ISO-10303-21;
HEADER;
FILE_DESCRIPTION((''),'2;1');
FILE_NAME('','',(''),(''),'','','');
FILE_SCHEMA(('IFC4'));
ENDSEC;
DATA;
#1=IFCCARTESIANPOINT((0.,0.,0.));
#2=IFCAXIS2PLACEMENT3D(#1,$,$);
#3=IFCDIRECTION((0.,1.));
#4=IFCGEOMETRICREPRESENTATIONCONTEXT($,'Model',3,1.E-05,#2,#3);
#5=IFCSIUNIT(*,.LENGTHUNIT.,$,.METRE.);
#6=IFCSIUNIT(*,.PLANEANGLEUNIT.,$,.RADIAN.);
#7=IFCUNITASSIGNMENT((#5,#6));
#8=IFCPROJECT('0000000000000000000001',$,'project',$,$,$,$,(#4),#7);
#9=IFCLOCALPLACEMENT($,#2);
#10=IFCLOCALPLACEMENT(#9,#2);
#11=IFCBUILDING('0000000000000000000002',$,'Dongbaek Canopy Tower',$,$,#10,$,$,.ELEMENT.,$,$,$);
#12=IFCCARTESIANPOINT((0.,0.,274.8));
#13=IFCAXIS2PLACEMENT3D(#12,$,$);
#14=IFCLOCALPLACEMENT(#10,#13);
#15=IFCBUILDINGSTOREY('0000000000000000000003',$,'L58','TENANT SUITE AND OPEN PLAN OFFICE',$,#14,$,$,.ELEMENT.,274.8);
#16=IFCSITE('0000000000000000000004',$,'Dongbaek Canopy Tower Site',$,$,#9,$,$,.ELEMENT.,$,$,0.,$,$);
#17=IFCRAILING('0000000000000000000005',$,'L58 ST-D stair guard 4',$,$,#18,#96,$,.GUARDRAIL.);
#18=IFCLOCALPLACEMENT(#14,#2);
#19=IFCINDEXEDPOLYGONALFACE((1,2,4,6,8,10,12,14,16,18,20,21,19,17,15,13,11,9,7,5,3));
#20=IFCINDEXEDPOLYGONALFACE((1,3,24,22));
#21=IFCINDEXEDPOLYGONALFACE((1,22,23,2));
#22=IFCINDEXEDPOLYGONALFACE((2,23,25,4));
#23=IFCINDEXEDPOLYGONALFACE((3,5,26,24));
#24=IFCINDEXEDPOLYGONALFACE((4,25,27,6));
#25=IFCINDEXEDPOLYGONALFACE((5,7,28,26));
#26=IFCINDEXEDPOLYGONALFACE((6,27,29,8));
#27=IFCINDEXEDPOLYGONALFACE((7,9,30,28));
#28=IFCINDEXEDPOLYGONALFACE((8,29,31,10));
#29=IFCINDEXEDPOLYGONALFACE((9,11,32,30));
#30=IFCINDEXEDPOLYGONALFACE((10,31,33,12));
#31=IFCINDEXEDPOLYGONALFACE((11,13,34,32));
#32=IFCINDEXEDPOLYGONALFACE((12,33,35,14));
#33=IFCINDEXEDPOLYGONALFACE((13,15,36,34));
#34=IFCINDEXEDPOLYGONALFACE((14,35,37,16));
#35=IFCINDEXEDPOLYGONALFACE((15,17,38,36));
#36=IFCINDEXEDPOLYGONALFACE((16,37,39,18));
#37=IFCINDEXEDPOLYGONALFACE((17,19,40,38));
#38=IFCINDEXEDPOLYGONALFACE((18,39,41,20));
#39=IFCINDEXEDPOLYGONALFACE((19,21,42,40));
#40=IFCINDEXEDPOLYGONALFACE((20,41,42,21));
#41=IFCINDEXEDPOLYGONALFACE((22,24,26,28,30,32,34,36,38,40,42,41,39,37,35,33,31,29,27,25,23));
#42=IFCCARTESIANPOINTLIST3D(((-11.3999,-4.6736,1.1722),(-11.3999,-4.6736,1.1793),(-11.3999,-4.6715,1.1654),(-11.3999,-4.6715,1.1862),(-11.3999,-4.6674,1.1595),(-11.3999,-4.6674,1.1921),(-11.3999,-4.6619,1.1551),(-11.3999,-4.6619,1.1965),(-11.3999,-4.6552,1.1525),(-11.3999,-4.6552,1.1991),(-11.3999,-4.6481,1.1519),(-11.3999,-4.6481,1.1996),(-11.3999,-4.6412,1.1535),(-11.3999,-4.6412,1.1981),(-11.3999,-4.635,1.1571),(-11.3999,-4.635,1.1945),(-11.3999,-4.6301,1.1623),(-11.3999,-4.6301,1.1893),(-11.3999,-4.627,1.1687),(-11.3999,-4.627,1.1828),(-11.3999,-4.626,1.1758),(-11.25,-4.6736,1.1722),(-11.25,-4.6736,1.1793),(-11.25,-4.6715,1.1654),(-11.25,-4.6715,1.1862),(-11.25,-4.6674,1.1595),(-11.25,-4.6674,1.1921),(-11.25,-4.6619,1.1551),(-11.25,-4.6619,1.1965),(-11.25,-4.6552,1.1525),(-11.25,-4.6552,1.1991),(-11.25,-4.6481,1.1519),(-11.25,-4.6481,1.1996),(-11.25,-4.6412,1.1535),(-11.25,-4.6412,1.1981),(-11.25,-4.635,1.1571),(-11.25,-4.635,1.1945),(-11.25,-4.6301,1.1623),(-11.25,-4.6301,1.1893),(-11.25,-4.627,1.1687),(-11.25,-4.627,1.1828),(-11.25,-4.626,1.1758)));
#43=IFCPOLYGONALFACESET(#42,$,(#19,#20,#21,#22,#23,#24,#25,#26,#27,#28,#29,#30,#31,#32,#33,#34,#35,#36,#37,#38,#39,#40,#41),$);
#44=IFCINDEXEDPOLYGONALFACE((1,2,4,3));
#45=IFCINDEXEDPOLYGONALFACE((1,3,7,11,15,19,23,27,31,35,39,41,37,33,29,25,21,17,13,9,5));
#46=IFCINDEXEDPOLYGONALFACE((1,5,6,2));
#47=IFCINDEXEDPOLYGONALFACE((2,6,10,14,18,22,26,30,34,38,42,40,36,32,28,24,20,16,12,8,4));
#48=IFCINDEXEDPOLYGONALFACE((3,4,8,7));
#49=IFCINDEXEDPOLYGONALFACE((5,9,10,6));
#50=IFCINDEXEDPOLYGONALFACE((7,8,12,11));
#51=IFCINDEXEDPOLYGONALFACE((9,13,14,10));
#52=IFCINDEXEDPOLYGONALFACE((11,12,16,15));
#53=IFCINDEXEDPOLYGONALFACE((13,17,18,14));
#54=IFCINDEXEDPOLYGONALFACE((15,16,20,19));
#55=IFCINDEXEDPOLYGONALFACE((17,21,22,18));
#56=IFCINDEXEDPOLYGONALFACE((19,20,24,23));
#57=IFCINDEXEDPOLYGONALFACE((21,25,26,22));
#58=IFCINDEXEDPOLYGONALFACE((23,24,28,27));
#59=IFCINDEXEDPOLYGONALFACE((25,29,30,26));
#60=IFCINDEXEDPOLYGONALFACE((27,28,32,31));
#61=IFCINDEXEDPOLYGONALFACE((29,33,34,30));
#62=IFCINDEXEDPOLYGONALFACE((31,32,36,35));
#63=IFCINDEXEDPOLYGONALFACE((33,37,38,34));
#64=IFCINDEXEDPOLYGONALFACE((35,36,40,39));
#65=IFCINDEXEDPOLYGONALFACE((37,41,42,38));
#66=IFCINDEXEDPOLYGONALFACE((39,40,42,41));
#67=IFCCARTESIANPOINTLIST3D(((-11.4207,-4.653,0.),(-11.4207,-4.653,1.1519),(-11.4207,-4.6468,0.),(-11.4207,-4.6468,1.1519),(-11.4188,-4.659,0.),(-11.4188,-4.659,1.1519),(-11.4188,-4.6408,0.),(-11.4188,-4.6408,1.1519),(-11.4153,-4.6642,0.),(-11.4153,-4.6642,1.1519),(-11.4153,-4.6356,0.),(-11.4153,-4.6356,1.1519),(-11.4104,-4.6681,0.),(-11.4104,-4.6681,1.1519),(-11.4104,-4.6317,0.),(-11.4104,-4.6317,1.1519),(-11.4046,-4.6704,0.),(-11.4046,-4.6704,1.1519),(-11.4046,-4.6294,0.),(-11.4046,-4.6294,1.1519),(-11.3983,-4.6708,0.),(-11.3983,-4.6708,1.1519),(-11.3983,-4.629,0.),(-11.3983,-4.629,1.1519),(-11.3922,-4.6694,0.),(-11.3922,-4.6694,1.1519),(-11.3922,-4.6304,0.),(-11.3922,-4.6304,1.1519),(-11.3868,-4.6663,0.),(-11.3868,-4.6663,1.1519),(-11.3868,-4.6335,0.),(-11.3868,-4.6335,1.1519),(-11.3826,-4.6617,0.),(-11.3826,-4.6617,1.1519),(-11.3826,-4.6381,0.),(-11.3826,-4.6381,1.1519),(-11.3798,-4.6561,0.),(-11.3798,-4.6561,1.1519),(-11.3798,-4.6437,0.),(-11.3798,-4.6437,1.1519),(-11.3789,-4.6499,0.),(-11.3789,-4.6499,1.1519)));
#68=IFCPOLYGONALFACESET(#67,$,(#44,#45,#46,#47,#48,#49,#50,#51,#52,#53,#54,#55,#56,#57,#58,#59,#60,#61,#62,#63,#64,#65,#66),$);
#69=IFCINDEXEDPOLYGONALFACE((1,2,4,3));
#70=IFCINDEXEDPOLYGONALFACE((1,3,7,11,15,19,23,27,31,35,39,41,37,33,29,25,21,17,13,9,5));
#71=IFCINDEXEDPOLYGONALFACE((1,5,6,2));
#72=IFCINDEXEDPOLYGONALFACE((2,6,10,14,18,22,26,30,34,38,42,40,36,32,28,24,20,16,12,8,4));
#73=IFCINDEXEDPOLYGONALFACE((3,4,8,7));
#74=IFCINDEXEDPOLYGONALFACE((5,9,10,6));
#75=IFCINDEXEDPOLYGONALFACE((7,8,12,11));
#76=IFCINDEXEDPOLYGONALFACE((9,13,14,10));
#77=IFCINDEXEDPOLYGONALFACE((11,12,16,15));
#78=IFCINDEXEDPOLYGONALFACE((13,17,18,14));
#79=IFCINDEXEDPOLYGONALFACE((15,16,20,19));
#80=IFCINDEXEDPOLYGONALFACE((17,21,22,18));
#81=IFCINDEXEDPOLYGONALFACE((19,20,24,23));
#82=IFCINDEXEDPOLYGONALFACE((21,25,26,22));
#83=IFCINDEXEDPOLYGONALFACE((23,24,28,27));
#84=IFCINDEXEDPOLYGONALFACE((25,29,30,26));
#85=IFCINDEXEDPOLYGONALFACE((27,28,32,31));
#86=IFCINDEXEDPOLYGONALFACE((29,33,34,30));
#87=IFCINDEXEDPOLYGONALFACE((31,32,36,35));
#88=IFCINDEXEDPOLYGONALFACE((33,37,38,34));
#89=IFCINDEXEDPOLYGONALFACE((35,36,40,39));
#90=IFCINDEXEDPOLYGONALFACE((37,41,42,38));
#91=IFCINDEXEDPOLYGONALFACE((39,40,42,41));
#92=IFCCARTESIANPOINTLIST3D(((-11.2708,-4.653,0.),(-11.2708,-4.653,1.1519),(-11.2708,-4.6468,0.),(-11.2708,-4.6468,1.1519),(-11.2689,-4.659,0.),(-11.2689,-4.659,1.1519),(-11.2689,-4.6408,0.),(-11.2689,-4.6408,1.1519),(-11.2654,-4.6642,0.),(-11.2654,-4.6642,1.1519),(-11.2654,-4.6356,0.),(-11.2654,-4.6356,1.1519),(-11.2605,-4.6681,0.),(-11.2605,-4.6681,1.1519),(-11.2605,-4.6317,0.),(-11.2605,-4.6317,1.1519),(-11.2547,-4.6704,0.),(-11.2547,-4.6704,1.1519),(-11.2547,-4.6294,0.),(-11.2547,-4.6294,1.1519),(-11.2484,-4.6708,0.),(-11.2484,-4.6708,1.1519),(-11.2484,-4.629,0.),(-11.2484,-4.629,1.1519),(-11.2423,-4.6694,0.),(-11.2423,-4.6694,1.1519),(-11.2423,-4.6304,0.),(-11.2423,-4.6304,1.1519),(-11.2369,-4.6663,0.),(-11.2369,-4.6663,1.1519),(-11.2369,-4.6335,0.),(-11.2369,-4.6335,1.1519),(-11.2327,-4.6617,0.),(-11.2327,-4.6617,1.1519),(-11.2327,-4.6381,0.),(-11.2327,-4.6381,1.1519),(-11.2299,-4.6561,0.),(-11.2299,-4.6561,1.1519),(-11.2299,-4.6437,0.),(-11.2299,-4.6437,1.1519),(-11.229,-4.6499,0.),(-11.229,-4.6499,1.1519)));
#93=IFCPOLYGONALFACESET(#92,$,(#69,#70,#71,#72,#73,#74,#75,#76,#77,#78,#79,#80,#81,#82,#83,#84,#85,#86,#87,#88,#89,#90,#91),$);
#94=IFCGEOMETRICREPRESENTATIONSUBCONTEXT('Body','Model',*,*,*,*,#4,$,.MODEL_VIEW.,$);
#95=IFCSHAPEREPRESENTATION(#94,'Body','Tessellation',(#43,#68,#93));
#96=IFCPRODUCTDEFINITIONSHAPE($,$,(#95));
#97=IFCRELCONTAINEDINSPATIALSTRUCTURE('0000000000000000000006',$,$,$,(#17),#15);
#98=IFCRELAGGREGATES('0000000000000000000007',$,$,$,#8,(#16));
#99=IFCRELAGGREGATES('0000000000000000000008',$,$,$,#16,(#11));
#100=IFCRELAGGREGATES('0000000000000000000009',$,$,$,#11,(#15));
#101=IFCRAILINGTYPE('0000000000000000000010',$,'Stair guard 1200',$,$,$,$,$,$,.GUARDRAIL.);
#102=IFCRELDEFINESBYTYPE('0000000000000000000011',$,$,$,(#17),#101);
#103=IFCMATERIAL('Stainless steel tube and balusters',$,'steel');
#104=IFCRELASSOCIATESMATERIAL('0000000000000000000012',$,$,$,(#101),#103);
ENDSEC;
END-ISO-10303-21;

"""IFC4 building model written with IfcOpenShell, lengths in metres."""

from ifc_helpers import new_model, si_unit, direction, frame, origin, origin_2d, place, context, subcontext, project, spatial, circle, extrude, material, type_object, element, save


model = new_model("IFC4")

# Units and contexts
model_context = context("Model", 3, precision=1e-05, world=origin(), true_north=direction((0.0, 1.0)))
body_context = subcontext(model_context, "Body", "Model", "MODEL_VIEW")
ifc_project = project(units=[si_unit("LENGTHUNIT", "METRE"), si_unit("PLANEANGLEUNIT", "RADIAN")], contexts=[model_context])

# Site, building, storey
site_placement = place(None, origin())
site = spatial("IfcSite", under=ifc_project, at=site_placement, Name="Dongbaek Canopy Tower Site", CompositionType="ELEMENT", RefElevation=0.0)
building_placement = place(site_placement, origin())
building = spatial("IfcBuilding", under=site, at=building_placement, Name="Dongbaek Canopy Tower", CompositionType="ELEMENT")
storey_placement = place(building_placement, frame((0.0, 0.0, 274.8)))
storey = spatial("IfcBuildingStorey", under=building, at=storey_placement, Name="L58", Description="TENANT SUITE AND OPEN PLAN OFFICE", CompositionType="ELEMENT", Elevation=274.8)

# Railing
ifc_material_1 = material(Name="Stainless steel tube and balusters", Category="steel")
railing_type_1 = type_object("IfcRailingType", Name="Stair guard 1200", PredefinedType="GUARDRAIL", material=ifc_material_1)
railing_1_placement = place(storey_placement, frame((-11.3999, -4.6499, 0.0)))
element("IfcRailing", 1, at=railing_1_placement, inside=storey, type_object=railing_type_1, Name="L58 ST-D stair guard 4", PredefinedType="GUARDRAIL", context=body_context, shape_type="SweptSolid", body=[
    extrude(circle(Radius=0.0239, at=origin_2d()), frame((0.0, 0.0, 1.1758), z_axis=(1.0, 0.0, 0.0), x_axis=(0.0, 1.0, 0.0)), (0.0, 0.0, 1.0), 0.1499),
    extrude(circle(Radius=0.021, at=origin_2d()), origin(), (0.0, 0.0, 1.0), 1.1519),
    extrude(circle(Radius=0.021, at=origin_2d()), frame((0.1499, 0.0, 0.0)), (0.0, 0.0, 1.0), 1.1519),
])

save(model, "model.ifc")
